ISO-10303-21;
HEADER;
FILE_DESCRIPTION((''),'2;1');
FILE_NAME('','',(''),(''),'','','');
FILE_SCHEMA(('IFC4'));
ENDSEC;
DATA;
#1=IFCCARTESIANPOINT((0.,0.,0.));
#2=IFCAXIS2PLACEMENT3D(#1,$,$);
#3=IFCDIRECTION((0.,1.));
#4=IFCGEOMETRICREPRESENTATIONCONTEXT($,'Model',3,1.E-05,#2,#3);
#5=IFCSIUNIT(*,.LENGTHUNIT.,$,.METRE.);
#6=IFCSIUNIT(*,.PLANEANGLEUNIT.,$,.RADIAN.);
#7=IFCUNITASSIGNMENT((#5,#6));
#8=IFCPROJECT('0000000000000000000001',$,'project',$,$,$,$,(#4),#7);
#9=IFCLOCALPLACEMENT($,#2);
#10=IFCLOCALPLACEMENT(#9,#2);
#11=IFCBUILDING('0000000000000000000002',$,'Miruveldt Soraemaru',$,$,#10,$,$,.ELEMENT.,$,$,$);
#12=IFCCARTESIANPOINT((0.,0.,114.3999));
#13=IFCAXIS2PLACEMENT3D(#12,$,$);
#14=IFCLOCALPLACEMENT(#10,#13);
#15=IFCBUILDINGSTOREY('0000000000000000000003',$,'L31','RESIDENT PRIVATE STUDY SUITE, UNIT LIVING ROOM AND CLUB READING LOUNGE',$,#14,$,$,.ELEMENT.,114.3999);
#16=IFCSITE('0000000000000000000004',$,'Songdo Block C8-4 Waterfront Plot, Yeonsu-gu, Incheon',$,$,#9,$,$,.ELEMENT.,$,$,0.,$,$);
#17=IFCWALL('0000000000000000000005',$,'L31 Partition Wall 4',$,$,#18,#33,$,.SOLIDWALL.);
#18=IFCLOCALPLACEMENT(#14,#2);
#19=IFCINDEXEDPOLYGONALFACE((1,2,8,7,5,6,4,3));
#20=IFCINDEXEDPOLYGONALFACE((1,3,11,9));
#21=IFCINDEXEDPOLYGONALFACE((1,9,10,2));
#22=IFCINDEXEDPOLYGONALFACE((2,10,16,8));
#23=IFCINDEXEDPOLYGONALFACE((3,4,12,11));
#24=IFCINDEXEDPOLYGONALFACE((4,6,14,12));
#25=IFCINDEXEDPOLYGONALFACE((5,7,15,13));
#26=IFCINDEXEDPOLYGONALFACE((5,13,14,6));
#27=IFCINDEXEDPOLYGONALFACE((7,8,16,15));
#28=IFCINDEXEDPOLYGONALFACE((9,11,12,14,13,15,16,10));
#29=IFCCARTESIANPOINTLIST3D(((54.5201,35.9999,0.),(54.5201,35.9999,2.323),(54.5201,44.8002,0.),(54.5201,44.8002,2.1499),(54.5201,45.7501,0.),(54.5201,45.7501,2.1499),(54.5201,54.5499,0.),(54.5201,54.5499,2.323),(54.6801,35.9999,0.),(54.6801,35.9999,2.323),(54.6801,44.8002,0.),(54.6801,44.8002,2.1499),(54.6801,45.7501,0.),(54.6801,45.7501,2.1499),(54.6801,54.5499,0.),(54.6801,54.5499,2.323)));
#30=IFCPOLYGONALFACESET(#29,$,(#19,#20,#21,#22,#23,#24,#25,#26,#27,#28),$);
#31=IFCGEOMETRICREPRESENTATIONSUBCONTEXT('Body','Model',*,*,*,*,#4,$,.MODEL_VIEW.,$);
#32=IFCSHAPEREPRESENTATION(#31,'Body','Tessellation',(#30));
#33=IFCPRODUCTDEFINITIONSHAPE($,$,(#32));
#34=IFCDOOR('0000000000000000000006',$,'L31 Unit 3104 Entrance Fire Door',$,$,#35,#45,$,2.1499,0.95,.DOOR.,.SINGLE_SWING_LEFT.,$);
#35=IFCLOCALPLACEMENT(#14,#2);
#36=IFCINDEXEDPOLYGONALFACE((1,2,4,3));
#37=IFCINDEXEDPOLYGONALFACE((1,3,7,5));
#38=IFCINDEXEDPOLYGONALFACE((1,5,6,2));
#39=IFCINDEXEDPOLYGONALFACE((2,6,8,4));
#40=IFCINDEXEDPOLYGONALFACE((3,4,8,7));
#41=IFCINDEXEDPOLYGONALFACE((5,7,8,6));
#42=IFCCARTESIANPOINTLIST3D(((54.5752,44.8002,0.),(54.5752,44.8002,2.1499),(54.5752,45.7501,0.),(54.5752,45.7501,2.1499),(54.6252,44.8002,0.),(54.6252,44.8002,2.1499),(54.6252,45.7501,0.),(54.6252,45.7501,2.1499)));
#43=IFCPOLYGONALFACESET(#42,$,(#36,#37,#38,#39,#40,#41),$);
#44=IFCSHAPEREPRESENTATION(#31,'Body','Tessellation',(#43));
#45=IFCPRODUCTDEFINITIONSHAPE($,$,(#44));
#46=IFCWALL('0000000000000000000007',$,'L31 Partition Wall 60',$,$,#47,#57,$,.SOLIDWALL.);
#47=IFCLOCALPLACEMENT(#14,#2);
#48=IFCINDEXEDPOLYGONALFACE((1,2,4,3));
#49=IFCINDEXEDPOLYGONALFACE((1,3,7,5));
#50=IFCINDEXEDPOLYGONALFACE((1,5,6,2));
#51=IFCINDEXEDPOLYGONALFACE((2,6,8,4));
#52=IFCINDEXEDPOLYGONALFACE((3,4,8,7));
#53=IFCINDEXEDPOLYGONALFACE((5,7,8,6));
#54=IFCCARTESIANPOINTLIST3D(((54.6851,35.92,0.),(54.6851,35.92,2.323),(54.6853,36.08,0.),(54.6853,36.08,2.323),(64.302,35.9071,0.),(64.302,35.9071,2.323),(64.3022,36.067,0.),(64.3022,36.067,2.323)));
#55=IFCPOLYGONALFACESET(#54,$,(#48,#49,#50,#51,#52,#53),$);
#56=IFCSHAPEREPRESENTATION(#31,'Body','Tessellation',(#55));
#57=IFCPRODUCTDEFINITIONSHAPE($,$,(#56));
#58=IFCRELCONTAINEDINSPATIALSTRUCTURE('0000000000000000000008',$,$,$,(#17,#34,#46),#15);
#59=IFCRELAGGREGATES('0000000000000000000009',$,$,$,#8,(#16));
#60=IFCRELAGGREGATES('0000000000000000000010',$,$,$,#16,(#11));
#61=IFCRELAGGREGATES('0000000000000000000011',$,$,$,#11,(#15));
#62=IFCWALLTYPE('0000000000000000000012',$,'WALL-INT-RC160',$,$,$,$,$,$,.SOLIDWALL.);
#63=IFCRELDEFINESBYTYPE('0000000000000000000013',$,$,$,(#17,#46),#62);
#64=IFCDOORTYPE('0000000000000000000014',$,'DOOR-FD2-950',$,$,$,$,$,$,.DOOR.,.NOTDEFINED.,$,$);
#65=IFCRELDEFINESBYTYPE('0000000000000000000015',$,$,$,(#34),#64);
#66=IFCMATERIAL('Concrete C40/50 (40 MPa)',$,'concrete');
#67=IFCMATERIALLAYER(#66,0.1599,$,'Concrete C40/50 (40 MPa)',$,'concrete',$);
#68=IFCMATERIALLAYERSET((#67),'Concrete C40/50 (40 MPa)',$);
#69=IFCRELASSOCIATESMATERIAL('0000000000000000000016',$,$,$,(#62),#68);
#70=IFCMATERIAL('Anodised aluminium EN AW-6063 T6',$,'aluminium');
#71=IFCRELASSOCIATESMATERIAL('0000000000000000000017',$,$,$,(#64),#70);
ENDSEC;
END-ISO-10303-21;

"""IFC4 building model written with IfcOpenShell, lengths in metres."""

from ifc_helpers import new_model, si_unit, direction, frame, frame_2d, origin, place, context, subcontext, project, spatial, rectangle, extrude, material, layer, layer_set, type_object, element, fill, save


model = new_model("IFC4")

# Units and contexts
model_context = context("Model", 3, precision=1e-05, world=origin(), true_north=direction((0.0, 1.0)))
body_context = subcontext(model_context, "Body", "Model", "MODEL_VIEW")
ifc_project = project(units=[si_unit("LENGTHUNIT", "METRE"), si_unit("PLANEANGLEUNIT", "RADIAN")], contexts=[model_context])

# Site, building, storey
site_placement = place(None, origin())
site = spatial("IfcSite", under=ifc_project, at=site_placement, Name="Songdo Block C8-4 Waterfront Plot, Yeonsu-gu, Incheon", CompositionType="ELEMENT", RefElevation=0.0)
building_placement = place(site_placement, origin())
building = spatial("IfcBuilding", under=site, at=building_placement, Name="Miruveldt Soraemaru", CompositionType="ELEMENT")
storey_placement = place(building_placement, frame((0.0, 0.0, 114.3999)))
storey = spatial("IfcBuildingStorey", under=building, at=storey_placement, Name="L31", Description="RESIDENT PRIVATE STUDY SUITE, UNIT LIVING ROOM AND CLUB READING LOUNGE", CompositionType="ELEMENT", Elevation=114.3999)

# Shared definitions
ifc_material_1 = material(Name="Anodised aluminium EN AW-6063 T6", Category="aluminium")

# Wall, opening, door
ifc_material_2 = material(Name="Concrete C40/50 (40 MPa)", Category="concrete")
ifc_layer_1 = layer(ifc_material_2, 0.1599, Name="Concrete C40/50 (40 MPa)", Category="concrete")
ifc_layer_set_1 = layer_set([ifc_layer_1], Name="Concrete C40/50 (40 MPa)")
wall_type_1 = type_object("IfcWallType", Name="WALL-INT-RC160", PredefinedType="SOLIDWALL", material=ifc_layer_set_1)
wall_1_placement = place(storey_placement, frame((54.6001, 36.0, 0.0), z_axis=(0.0, 0.0, 1.0), x_axis=(0.0, 1.0, 0.0)))
wall_1 = element("IfcWall", 1, at=wall_1_placement, inside=storey, type_object=wall_type_1, Name="L31 Partition Wall 4", PredefinedType="SOLIDWALL", context=body_context, shape_type="SweptSolid", body=[
    extrude(rectangle(XDim=18.55, YDim=0.1599, at=frame_2d((9.2749, 0.0))), origin(), (0.0, 0.0, 1.0), 2.323),
])
opening_1_placement = place(wall_1_placement, frame((8.8, 0.0, 0.0)))
opening_1 = element("IfcOpeningElement", 2, at=opening_1_placement, cuts=wall_1, PredefinedType="OPENING", context=body_context, shape_type="SweptSolid", body=[
    extrude(rectangle(XDim=0.95, YDim=2.1499, at=frame_2d((0.4751, 1.075))), frame((0.0, 0.0898, 0.0), z_axis=(0.0, -1.0, 0.0), x_axis=(1.0, 0.0, 0.0)), (0.0, 0.0, 1.0), 0.1799),
])
door_type_1 = type_object("IfcDoorType", Name="DOOR-FD2-950", OperationType="NOTDEFINED", PredefinedType="DOOR", material=ifc_material_1)
door_1_placement = place(opening_1_placement, origin())
door_1 = element("IfcDoor", 3, at=door_1_placement, inside=storey, type_object=door_type_1, Name="L31 Unit 3104 Entrance Fire Door", OperationType="SINGLE_SWING_LEFT", OverallHeight=2.1499, OverallWidth=0.95, PredefinedType="DOOR", context=body_context, shape_type="SweptSolid", body=[
    extrude(rectangle(XDim=0.95, YDim=2.1499, at=frame_2d((0.4751, 1.075))), frame((0.0, 0.0249, 0.0), z_axis=(0.0, -1.0, 0.0), x_axis=(1.0, 0.0, 0.0)), (0.0, 0.0, 1.0), 0.05),
])
fill(opening_1, door_1)

# Wall
wall_2_placement = place(storey_placement, frame((54.6851, 36.0, 0.0), z_axis=(0.0, 0.0, 1.0), x_axis=(0.999999, -0.001345, 0.0)))
element("IfcWall", 4, at=wall_2_placement, inside=storey, type_object=wall_type_1, Name="L31 Partition Wall 60", PredefinedType="SOLIDWALL", context=body_context, shape_type="SweptSolid", body=[
    extrude(rectangle(XDim=9.6169, YDim=0.1599, at=frame_2d((4.8086, 0.0))), origin(), (0.0, 0.0, 1.0), 2.323),
])

save(model, "model.ifc")
